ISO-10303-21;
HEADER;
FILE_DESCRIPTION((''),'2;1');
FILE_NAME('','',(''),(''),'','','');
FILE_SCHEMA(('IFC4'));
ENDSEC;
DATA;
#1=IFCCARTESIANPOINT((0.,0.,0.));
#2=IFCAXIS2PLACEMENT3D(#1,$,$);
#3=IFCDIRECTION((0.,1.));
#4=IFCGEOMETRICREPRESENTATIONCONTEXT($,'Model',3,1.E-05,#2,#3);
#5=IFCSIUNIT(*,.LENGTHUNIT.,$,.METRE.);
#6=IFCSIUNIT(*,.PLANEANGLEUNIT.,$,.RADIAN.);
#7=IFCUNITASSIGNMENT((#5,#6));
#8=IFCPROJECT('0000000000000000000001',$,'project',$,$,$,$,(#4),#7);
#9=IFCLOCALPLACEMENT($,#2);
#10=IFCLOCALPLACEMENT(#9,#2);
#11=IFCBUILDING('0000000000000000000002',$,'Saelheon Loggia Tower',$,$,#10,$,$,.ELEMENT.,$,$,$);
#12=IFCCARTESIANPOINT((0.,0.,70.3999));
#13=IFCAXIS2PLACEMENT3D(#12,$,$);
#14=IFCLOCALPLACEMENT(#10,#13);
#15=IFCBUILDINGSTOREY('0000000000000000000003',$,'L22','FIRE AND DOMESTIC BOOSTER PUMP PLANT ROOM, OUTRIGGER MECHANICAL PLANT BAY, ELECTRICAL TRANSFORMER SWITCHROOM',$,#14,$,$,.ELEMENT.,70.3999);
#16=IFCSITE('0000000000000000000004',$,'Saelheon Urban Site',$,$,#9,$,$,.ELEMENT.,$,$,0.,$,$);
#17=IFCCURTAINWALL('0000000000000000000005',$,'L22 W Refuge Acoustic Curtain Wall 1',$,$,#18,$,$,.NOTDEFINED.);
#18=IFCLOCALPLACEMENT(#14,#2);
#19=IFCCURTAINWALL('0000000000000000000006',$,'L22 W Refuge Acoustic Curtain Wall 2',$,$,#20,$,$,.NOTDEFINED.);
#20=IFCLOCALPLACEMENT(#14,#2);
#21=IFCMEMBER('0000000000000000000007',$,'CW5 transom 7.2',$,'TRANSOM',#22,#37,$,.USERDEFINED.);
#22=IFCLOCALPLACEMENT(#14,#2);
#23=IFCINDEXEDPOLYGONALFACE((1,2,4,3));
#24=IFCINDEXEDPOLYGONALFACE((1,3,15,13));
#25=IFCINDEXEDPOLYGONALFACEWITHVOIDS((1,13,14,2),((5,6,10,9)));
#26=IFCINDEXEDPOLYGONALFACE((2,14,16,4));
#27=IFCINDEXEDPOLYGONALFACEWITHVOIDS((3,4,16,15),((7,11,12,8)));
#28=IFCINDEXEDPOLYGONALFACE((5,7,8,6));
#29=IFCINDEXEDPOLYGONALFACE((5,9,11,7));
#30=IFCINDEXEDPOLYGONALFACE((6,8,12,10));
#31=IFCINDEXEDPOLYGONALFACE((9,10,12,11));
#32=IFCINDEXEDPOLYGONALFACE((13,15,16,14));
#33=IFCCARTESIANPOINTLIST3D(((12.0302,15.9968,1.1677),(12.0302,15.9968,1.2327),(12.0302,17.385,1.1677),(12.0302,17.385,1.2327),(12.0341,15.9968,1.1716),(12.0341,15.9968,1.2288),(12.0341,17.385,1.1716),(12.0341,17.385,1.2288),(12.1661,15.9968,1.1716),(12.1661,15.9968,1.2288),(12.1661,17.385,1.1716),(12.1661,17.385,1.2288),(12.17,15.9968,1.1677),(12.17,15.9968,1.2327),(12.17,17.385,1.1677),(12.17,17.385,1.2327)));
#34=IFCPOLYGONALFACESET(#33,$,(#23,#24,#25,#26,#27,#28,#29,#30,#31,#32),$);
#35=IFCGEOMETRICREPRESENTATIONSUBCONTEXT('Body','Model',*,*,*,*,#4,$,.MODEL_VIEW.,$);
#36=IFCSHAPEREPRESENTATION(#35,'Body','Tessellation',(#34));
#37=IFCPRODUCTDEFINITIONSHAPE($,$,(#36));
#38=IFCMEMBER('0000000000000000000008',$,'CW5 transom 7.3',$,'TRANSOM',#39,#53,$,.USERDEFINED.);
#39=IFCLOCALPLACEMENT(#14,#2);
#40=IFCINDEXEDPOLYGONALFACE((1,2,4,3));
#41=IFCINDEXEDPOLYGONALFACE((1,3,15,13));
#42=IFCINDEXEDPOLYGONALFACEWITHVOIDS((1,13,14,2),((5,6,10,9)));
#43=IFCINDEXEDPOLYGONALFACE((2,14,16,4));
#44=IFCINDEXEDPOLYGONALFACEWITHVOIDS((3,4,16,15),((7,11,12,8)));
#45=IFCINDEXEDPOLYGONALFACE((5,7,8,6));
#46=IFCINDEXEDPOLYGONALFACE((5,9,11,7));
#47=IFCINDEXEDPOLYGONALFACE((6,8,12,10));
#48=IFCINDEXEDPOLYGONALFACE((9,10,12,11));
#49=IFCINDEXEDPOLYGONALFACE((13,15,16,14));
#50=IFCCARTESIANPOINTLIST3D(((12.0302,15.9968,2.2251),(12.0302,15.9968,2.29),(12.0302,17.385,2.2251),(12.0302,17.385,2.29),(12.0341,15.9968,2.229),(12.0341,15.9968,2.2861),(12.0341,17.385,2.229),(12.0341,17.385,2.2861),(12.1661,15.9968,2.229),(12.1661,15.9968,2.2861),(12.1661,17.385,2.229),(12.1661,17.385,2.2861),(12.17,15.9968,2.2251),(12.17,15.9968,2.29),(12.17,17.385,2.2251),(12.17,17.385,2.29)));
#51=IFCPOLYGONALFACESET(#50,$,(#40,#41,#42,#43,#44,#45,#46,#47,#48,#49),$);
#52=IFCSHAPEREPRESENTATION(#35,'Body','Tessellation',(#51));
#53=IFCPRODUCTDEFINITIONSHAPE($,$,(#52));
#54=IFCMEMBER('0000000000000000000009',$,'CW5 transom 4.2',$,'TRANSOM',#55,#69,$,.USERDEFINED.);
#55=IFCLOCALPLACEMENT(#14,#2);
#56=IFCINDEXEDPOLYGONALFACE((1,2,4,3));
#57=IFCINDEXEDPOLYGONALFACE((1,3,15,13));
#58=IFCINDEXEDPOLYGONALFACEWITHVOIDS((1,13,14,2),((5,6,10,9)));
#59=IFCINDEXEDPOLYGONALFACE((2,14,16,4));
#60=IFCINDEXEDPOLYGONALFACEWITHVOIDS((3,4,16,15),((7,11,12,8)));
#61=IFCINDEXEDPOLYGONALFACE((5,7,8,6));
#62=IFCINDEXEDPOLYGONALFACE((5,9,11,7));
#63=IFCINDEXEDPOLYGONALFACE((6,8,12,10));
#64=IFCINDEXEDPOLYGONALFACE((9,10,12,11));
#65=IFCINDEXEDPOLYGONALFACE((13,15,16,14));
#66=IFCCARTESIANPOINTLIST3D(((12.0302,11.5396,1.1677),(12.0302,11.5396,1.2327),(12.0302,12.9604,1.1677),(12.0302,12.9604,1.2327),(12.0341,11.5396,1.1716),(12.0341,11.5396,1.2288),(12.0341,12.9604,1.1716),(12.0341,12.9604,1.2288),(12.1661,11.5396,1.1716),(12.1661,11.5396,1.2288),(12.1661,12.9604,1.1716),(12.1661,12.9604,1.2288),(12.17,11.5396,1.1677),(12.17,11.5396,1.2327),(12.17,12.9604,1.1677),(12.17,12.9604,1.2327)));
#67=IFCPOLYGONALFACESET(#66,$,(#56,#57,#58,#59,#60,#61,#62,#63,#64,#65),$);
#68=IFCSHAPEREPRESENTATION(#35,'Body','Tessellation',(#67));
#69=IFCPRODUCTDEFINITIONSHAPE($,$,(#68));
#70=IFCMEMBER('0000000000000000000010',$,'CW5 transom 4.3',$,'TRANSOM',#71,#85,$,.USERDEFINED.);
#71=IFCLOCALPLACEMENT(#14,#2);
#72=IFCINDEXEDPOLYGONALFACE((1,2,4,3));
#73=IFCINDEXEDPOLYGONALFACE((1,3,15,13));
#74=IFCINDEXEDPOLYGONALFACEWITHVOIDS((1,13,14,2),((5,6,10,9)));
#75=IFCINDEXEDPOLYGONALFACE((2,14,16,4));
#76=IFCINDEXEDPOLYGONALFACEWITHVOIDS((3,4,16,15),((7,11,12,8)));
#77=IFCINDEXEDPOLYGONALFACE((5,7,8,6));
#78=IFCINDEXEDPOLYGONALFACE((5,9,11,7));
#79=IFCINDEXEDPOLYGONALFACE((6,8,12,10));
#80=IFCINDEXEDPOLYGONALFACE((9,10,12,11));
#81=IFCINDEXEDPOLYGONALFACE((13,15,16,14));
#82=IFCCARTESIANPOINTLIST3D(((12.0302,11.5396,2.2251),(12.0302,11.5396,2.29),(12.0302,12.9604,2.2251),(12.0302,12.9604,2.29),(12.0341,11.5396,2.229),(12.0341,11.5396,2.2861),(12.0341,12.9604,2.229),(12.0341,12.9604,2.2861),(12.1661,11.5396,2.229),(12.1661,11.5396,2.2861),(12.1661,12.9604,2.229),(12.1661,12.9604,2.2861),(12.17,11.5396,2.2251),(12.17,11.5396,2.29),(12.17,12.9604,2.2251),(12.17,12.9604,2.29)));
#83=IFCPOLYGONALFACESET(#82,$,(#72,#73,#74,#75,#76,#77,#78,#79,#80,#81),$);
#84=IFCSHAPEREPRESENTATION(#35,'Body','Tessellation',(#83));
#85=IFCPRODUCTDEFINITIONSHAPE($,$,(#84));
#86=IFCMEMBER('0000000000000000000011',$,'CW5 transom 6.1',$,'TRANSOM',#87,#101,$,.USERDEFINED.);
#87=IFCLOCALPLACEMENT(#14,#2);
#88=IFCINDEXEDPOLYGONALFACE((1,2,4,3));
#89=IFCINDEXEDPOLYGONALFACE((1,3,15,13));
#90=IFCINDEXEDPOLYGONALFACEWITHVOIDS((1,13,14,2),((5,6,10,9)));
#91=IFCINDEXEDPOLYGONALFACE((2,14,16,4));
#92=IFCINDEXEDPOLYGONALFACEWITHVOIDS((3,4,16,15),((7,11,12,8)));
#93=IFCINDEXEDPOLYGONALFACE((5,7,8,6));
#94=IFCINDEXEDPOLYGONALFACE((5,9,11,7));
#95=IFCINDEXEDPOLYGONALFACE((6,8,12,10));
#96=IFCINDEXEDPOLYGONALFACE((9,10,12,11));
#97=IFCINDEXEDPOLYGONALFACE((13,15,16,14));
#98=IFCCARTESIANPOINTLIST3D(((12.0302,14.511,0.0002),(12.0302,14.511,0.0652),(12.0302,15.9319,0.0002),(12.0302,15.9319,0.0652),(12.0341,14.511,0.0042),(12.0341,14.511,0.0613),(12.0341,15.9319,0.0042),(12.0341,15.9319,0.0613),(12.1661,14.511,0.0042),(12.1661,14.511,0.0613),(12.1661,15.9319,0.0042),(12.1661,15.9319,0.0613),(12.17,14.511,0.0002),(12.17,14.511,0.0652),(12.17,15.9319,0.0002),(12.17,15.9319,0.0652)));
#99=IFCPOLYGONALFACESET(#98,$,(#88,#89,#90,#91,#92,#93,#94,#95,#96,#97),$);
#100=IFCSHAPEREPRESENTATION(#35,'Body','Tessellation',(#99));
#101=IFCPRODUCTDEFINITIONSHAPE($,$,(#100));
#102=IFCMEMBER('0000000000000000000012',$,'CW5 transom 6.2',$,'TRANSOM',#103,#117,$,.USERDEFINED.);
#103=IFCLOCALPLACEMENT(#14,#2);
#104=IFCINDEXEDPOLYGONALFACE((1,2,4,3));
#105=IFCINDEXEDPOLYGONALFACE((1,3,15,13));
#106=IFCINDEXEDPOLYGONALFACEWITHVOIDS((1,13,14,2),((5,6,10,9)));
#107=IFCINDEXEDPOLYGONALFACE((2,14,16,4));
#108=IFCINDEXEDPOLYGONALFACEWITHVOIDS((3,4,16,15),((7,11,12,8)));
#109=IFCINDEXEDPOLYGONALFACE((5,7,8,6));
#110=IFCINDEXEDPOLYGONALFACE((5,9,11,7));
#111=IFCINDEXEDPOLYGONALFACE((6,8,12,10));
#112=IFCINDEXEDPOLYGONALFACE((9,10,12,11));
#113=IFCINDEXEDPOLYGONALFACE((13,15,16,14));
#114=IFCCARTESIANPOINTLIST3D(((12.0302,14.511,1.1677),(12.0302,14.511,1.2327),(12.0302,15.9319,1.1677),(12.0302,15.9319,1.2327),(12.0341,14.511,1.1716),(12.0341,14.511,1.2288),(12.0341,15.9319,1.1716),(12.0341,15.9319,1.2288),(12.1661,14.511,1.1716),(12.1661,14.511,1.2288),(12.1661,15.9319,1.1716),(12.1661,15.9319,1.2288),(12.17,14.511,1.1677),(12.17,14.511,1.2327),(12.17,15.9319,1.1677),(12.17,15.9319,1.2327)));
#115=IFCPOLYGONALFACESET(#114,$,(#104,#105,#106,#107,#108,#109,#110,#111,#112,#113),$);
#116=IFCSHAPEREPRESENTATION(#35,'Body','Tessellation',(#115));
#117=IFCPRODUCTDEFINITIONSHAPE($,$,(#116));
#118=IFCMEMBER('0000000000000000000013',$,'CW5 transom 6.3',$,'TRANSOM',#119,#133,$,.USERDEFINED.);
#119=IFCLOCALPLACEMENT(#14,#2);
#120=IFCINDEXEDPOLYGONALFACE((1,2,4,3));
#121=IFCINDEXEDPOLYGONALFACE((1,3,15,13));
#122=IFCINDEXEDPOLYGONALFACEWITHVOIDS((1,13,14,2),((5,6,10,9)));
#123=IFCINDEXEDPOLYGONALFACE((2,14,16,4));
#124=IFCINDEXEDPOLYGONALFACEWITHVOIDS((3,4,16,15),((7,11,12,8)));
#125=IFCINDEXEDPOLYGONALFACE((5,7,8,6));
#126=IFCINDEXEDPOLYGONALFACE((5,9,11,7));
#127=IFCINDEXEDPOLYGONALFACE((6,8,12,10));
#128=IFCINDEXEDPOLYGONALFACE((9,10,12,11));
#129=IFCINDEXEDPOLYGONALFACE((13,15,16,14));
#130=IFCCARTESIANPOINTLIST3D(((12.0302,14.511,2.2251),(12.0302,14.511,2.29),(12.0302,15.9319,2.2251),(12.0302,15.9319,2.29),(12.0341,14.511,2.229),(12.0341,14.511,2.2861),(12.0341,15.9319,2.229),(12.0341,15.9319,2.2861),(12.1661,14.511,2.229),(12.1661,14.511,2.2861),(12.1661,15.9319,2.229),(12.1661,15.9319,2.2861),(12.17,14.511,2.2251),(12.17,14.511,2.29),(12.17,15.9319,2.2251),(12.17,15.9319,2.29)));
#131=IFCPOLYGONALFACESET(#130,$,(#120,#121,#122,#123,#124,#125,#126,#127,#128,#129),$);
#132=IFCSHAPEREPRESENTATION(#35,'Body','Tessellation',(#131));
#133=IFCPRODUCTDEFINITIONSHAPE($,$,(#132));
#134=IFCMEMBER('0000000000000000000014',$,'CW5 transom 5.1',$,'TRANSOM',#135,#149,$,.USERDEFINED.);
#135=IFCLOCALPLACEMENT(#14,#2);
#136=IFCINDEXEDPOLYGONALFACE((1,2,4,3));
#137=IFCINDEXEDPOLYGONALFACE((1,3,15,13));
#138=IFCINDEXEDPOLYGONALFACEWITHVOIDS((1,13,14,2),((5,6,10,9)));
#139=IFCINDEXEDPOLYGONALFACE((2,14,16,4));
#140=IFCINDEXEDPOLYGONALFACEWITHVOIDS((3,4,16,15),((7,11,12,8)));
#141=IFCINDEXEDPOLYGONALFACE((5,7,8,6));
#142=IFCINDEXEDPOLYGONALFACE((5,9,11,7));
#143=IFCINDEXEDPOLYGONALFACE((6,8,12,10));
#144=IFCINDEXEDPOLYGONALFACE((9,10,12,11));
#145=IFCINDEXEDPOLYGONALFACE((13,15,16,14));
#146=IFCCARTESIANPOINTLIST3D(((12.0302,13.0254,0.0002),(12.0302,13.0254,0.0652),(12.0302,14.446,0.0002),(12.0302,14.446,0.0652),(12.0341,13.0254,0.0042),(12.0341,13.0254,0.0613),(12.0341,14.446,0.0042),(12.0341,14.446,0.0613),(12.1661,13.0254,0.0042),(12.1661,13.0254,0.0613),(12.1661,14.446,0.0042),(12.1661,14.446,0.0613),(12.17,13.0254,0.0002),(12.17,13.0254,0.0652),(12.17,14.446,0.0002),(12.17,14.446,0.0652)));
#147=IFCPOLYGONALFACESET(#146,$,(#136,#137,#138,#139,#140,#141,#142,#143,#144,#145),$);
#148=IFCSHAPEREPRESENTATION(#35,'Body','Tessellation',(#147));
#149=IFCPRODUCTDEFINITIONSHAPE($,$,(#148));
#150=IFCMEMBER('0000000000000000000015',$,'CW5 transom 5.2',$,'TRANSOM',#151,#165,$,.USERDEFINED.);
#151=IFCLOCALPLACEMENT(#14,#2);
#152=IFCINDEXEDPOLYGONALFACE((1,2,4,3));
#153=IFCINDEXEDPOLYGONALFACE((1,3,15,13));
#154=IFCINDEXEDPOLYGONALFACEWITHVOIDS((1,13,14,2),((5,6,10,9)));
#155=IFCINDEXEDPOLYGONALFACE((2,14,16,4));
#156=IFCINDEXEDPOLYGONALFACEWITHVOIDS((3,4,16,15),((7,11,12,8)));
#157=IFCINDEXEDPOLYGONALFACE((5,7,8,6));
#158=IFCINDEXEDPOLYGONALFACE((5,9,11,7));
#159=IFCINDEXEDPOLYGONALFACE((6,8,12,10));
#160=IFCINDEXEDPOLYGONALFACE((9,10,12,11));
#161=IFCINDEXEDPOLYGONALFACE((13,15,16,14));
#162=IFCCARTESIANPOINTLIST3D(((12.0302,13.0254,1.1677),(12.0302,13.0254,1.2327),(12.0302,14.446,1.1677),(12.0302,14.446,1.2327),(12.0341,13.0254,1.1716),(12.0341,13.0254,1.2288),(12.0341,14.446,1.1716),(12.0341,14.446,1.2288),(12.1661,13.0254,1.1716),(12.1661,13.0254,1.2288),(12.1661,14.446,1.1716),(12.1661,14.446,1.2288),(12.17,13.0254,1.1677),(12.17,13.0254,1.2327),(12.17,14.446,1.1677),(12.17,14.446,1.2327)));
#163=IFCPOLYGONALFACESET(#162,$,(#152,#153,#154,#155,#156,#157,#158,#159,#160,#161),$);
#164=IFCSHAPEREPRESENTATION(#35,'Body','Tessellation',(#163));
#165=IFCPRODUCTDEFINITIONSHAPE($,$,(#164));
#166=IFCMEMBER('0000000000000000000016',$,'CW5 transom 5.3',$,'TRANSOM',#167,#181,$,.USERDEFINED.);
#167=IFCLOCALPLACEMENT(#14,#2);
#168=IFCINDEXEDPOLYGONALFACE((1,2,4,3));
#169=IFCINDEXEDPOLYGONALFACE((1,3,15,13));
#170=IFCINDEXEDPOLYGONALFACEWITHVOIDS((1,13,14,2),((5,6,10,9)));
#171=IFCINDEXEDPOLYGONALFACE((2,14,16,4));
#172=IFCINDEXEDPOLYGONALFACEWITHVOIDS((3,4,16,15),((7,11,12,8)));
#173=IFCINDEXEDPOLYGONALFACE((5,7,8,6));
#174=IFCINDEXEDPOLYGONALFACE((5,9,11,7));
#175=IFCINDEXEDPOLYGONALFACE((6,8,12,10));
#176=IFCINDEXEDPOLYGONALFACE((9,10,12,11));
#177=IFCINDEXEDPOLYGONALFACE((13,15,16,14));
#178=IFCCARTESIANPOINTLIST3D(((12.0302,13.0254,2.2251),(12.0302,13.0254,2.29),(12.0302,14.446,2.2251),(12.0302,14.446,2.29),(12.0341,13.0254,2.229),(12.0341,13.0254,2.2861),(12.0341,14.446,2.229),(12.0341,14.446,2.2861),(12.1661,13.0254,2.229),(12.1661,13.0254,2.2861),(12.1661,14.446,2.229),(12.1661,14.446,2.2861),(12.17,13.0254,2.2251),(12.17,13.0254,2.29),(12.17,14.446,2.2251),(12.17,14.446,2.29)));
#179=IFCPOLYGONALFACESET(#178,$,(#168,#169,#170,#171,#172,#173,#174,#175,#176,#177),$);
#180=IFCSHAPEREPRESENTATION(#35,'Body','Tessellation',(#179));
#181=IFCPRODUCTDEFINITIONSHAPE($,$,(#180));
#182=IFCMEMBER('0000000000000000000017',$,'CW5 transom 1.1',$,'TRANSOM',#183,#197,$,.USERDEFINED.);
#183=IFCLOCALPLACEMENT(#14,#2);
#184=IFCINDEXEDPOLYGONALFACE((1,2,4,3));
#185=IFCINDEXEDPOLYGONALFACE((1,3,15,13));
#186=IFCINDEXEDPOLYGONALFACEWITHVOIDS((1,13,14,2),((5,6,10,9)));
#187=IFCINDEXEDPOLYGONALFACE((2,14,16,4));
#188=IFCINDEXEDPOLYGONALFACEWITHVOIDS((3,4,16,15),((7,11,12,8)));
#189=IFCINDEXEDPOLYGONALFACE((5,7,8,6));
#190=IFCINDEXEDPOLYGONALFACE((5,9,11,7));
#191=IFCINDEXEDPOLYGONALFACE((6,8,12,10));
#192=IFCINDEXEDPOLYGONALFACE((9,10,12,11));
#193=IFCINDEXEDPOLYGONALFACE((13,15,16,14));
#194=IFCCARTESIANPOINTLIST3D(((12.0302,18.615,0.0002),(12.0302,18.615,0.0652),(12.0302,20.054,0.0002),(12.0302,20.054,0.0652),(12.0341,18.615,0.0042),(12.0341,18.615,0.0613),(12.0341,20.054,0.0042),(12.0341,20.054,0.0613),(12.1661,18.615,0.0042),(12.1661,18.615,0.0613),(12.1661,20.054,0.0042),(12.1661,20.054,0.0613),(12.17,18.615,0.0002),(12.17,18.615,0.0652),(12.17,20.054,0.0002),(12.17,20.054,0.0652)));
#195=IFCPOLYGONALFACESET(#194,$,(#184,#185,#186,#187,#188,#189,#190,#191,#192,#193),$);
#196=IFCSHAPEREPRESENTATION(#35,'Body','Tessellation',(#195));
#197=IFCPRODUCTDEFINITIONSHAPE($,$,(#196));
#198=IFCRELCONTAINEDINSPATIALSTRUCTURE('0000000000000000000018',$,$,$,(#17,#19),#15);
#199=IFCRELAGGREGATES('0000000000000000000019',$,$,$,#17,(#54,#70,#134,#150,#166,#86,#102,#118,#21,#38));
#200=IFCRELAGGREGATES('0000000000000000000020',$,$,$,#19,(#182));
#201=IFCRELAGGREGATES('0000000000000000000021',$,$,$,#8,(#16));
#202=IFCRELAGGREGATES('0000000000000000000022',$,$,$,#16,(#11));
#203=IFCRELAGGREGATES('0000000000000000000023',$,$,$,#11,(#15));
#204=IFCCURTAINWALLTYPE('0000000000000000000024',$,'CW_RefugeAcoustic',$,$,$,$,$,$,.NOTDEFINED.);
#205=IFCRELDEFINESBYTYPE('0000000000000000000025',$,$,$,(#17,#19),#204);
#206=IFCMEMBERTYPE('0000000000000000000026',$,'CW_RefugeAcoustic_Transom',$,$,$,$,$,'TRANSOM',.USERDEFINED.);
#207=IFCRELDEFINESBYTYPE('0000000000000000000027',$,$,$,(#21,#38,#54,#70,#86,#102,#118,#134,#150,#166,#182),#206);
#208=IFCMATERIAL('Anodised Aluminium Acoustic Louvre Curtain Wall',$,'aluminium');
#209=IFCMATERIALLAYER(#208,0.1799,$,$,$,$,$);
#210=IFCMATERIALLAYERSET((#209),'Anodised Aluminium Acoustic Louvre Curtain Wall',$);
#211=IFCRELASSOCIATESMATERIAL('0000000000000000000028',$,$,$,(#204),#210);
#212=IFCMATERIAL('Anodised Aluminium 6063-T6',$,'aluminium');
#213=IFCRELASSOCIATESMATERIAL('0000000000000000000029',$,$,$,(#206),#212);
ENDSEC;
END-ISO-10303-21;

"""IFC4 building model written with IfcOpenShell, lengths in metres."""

from ifc_helpers import new_model, si_unit, direction, frame, origin, origin_2d, place, context, subcontext, project, spatial, hollow_rectangle, extrude, source, transform, mapped, material, layer, layer_set, material_profile, profile_set, type_object, element, aggregate, save


model = new_model("IFC4")

# Units and contexts
model_context = context("Model", 3, precision=1e-05, world=origin(), true_north=direction((0.0, 1.0)))
body_context = subcontext(model_context, "Body", "Model", "MODEL_VIEW")
ifc_project = project(units=[si_unit("LENGTHUNIT", "METRE"), si_unit("PLANEANGLEUNIT", "RADIAN")], contexts=[model_context])

# Site, building, storey
site_placement = place(None, origin())
site = spatial("IfcSite", under=ifc_project, at=site_placement, Name="Saelheon Urban Site", CompositionType="ELEMENT", RefElevation=0.0)
building_placement = place(site_placement, origin())
building = spatial("IfcBuilding", under=site, at=building_placement, Name="Saelheon Loggia Tower", CompositionType="ELEMENT")
storey_placement = place(building_placement, frame((0.0, 0.0, 70.3999)))
storey = spatial("IfcBuildingStorey", under=building, at=storey_placement, Name="L22", Description="FIRE AND DOMESTIC BOOSTER PUMP PLANT ROOM, OUTRIGGER MECHANICAL PLANT BAY, ELECTRICAL TRANSFORMER SWITCHROOM", CompositionType="ELEMENT", Elevation=70.3999)

# Curtain wall
ifc_material_1 = material(Name="Anodised Aluminium Acoustic Louvre Curtain Wall", Category="aluminium")
ifc_layer_1 = layer(ifc_material_1, 0.1799)
ifc_layer_set_1 = layer_set([ifc_layer_1], Name="Anodised Aluminium Acoustic Louvre Curtain Wall")
curtain_wall_type = type_object("IfcCurtainWallType", Name="CW_RefugeAcoustic", PredefinedType="NOTDEFINED", material=ifc_layer_set_1)
curtain_wall_1_placement = place(storey_placement, origin())
curtain_wall_1 = element("IfcCurtainWall", 1, at=curtain_wall_1_placement, inside=storey, type_object=curtain_wall_type, Name="L22 W Refuge Acoustic Curtain Wall 1", PredefinedType="NOTDEFINED")
ifc_material_2 = material(Name="Anodised Aluminium 6063-T6", Category="aluminium")

# Curtain wall
curtain_wall_2_placement = place(storey_placement, origin())
curtain_wall_2 = element("IfcCurtainWall", 2, at=curtain_wall_2_placement, inside=storey, type_object=curtain_wall_type, Name="L22 W Refuge Acoustic Curtain Wall 2", PredefinedType="NOTDEFINED")

# Members
ifc_material_profile_1 = material_profile(ifc_material_2, hollow_rectangle(XDim=0.0649, YDim=0.1399, WallThickness=0.0039, at=origin_2d()), Name="RHS-140x65x4")
ifc_profile_set_1 = profile_set([ifc_material_profile_1], Name="Anodised Aluminium 6063-T6")
member_type_1 = type_object("IfcMemberType", Name="CW_RefugeAcoustic_Transom", ElementType="TRANSOM", PredefinedType="USERDEFINED", material=ifc_profile_set_1)
shared_shape_1 = source(origin(), body_context, "Body", "SweptSolid", [
    extrude(hollow_rectangle(XDim=0.0649, YDim=0.1399, WallThickness=0.0039, at=origin_2d()), origin(), (0.0, 0.0, 1.0), 1.3882),
])
member_1_placement = place(storey_placement, frame((12.1001, 15.9968, 1.2002), z_axis=(0.0, 1.0, 0.0), x_axis=(0.0, 0.0, 1.0)))
member_1 = element("IfcMember", 3, at=member_1_placement, type_object=member_type_1, Name="CW5 transom 7.2", ObjectType="TRANSOM", PredefinedType="USERDEFINED", context=body_context, shape_type="MappedRepresentation", body=[
    mapped(shared_shape_1, transform((0.0, 0.0, 0.0), scale=1.0)),
])
member_2_placement = place(storey_placement, frame((12.1001, 15.9968, 2.2576), z_axis=(0.0, 1.0, 0.0), x_axis=(0.0, 0.0, 1.0)))
member_2 = element("IfcMember", 4, at=member_2_placement, type_object=member_type_1, Name="CW5 transom 7.3", ObjectType="TRANSOM", PredefinedType="USERDEFINED", context=body_context, shape_type="MappedRepresentation", body=[
    mapped(shared_shape_1, transform((0.0, 0.0, 0.0), scale=1.0)),
])
shared_shape_2 = source(origin(), body_context, "Body", "SweptSolid", [
    extrude(hollow_rectangle(XDim=0.0649, YDim=0.1399, WallThickness=0.0039, at=origin_2d()), origin(), (0.0, 0.0, 1.0), 1.4209),
])
member_3_placement = place(storey_placement, frame((12.1001, 11.5396, 1.2002), z_axis=(0.0, 1.0, 0.0), x_axis=(0.0, 0.0, 1.0)))
member_3 = element("IfcMember", 5, at=member_3_placement, type_object=member_type_1, Name="CW5 transom 4.2", ObjectType="TRANSOM", PredefinedType="USERDEFINED", context=body_context, shape_type="MappedRepresentation", body=[
    mapped(shared_shape_2, transform((0.0, 0.0, 0.0), scale=1.0)),
])
member_4_placement = place(storey_placement, frame((12.1001, 11.5396, 2.2576), z_axis=(0.0, 1.0, 0.0), x_axis=(0.0, 0.0, 1.0)))
member_4 = element("IfcMember", 6, at=member_4_placement, type_object=member_type_1, Name="CW5 transom 4.3", ObjectType="TRANSOM", PredefinedType="USERDEFINED", context=body_context, shape_type="MappedRepresentation", body=[
    mapped(shared_shape_2, transform((0.0, 0.0, 0.0), scale=1.0)),
])
member_5_placement = place(storey_placement, frame((12.1001, 14.511, 0.0327), z_axis=(0.0, 1.0, 0.0), x_axis=(0.0, 0.0, 1.0)))
member_5 = element("IfcMember", 7, at=member_5_placement, type_object=member_type_1, Name="CW5 transom 6.1", ObjectType="TRANSOM", PredefinedType="USERDEFINED", context=body_context, shape_type="MappedRepresentation", body=[
    mapped(shared_shape_2, transform((0.0, 0.0, 0.0), scale=1.0)),
])
member_6_placement = place(storey_placement, frame((12.1001, 14.511, 1.2002), z_axis=(0.0, 1.0, 0.0), x_axis=(0.0, 0.0, 1.0)))
member_6 = element("IfcMember", 8, at=member_6_placement, type_object=member_type_1, Name="CW5 transom 6.2", ObjectType="TRANSOM", PredefinedType="USERDEFINED", context=body_context, shape_type="MappedRepresentation", body=[
    mapped(shared_shape_2, transform((0.0, 0.0, 0.0), scale=1.0)),
])
member_7_placement = place(storey_placement, frame((12.1001, 14.511, 2.2576), z_axis=(0.0, 1.0, 0.0), x_axis=(0.0, 0.0, 1.0)))
member_7 = element("IfcMember", 9, at=member_7_placement, type_object=member_type_1, Name="CW5 transom 6.3", ObjectType="TRANSOM", PredefinedType="USERDEFINED", context=body_context, shape_type="MappedRepresentation", body=[
    mapped(shared_shape_2, transform((0.0, 0.0, 0.0), scale=1.0)),
])
shared_shape_3 = source(origin(), body_context, "Body", "SweptSolid", [
    extrude(hollow_rectangle(XDim=0.0649, YDim=0.1399, WallThickness=0.0039, at=origin_2d()), origin(), (0.0, 0.0, 1.0), 1.4207),
])
member_8_placement = place(storey_placement, frame((12.1001, 13.0254, 0.0327), z_axis=(0.0, 1.0, 0.0), x_axis=(0.0, 0.0, 1.0)))
member_8 = element("IfcMember", 10, at=member_8_placement, type_object=member_type_1, Name="CW5 transom 5.1", ObjectType="TRANSOM", PredefinedType="USERDEFINED", context=body_context, shape_type="MappedRepresentation", body=[
    mapped(shared_shape_3, transform((0.0, 0.0, 0.0), scale=1.0)),
])
member_9_placement = place(storey_placement, frame((12.1001, 13.0254, 1.2002), z_axis=(0.0, 1.0, 0.0), x_axis=(0.0, 0.0, 1.0)))
member_9 = element("IfcMember", 11, at=member_9_placement, type_object=member_type_1, Name="CW5 transom 5.2", ObjectType="TRANSOM", PredefinedType="USERDEFINED", context=body_context, shape_type="MappedRepresentation", body=[
    mapped(shared_shape_3, transform((0.0, 0.0, 0.0), scale=1.0)),
])
member_10_placement = place(storey_placement, frame((12.1001, 13.0254, 2.2576), z_axis=(0.0, 1.0, 0.0), x_axis=(0.0, 0.0, 1.0)))
member_10 = element("IfcMember", 12, at=member_10_placement, type_object=member_type_1, Name="CW5 transom 5.3", ObjectType="TRANSOM", PredefinedType="USERDEFINED", context=body_context, shape_type="MappedRepresentation", body=[
    mapped(shared_shape_3, transform((0.0, 0.0, 0.0), scale=1.0)),
])
shared_shape_4 = source(origin(), body_context, "Body", "SweptSolid", [
    extrude(hollow_rectangle(XDim=0.0649, YDim=0.1399, WallThickness=0.0039, at=origin_2d()), origin(), (0.0, 0.0, 1.0), 1.439),
])
member_11_placement = place(storey_placement, frame((12.1001, 18.615, 0.0327), z_axis=(0.0, 1.0, 0.0), x_axis=(0.0, 0.0, 1.0)))
member_11 = element("IfcMember", 13, at=member_11_placement, type_object=member_type_1, Name="CW5 transom 1.1", ObjectType="TRANSOM", PredefinedType="USERDEFINED", context=body_context, shape_type="MappedRepresentation", body=[
    mapped(shared_shape_4, transform((0.0, 0.0, 0.0), scale=1.0)),
])

aggregate(curtain_wall_1, [member_3, member_4, member_8, member_9, member_10, member_5, member_6, member_7, member_1, member_2])
aggregate(curtain_wall_2, [member_11])

save(model, "model.ifc")
